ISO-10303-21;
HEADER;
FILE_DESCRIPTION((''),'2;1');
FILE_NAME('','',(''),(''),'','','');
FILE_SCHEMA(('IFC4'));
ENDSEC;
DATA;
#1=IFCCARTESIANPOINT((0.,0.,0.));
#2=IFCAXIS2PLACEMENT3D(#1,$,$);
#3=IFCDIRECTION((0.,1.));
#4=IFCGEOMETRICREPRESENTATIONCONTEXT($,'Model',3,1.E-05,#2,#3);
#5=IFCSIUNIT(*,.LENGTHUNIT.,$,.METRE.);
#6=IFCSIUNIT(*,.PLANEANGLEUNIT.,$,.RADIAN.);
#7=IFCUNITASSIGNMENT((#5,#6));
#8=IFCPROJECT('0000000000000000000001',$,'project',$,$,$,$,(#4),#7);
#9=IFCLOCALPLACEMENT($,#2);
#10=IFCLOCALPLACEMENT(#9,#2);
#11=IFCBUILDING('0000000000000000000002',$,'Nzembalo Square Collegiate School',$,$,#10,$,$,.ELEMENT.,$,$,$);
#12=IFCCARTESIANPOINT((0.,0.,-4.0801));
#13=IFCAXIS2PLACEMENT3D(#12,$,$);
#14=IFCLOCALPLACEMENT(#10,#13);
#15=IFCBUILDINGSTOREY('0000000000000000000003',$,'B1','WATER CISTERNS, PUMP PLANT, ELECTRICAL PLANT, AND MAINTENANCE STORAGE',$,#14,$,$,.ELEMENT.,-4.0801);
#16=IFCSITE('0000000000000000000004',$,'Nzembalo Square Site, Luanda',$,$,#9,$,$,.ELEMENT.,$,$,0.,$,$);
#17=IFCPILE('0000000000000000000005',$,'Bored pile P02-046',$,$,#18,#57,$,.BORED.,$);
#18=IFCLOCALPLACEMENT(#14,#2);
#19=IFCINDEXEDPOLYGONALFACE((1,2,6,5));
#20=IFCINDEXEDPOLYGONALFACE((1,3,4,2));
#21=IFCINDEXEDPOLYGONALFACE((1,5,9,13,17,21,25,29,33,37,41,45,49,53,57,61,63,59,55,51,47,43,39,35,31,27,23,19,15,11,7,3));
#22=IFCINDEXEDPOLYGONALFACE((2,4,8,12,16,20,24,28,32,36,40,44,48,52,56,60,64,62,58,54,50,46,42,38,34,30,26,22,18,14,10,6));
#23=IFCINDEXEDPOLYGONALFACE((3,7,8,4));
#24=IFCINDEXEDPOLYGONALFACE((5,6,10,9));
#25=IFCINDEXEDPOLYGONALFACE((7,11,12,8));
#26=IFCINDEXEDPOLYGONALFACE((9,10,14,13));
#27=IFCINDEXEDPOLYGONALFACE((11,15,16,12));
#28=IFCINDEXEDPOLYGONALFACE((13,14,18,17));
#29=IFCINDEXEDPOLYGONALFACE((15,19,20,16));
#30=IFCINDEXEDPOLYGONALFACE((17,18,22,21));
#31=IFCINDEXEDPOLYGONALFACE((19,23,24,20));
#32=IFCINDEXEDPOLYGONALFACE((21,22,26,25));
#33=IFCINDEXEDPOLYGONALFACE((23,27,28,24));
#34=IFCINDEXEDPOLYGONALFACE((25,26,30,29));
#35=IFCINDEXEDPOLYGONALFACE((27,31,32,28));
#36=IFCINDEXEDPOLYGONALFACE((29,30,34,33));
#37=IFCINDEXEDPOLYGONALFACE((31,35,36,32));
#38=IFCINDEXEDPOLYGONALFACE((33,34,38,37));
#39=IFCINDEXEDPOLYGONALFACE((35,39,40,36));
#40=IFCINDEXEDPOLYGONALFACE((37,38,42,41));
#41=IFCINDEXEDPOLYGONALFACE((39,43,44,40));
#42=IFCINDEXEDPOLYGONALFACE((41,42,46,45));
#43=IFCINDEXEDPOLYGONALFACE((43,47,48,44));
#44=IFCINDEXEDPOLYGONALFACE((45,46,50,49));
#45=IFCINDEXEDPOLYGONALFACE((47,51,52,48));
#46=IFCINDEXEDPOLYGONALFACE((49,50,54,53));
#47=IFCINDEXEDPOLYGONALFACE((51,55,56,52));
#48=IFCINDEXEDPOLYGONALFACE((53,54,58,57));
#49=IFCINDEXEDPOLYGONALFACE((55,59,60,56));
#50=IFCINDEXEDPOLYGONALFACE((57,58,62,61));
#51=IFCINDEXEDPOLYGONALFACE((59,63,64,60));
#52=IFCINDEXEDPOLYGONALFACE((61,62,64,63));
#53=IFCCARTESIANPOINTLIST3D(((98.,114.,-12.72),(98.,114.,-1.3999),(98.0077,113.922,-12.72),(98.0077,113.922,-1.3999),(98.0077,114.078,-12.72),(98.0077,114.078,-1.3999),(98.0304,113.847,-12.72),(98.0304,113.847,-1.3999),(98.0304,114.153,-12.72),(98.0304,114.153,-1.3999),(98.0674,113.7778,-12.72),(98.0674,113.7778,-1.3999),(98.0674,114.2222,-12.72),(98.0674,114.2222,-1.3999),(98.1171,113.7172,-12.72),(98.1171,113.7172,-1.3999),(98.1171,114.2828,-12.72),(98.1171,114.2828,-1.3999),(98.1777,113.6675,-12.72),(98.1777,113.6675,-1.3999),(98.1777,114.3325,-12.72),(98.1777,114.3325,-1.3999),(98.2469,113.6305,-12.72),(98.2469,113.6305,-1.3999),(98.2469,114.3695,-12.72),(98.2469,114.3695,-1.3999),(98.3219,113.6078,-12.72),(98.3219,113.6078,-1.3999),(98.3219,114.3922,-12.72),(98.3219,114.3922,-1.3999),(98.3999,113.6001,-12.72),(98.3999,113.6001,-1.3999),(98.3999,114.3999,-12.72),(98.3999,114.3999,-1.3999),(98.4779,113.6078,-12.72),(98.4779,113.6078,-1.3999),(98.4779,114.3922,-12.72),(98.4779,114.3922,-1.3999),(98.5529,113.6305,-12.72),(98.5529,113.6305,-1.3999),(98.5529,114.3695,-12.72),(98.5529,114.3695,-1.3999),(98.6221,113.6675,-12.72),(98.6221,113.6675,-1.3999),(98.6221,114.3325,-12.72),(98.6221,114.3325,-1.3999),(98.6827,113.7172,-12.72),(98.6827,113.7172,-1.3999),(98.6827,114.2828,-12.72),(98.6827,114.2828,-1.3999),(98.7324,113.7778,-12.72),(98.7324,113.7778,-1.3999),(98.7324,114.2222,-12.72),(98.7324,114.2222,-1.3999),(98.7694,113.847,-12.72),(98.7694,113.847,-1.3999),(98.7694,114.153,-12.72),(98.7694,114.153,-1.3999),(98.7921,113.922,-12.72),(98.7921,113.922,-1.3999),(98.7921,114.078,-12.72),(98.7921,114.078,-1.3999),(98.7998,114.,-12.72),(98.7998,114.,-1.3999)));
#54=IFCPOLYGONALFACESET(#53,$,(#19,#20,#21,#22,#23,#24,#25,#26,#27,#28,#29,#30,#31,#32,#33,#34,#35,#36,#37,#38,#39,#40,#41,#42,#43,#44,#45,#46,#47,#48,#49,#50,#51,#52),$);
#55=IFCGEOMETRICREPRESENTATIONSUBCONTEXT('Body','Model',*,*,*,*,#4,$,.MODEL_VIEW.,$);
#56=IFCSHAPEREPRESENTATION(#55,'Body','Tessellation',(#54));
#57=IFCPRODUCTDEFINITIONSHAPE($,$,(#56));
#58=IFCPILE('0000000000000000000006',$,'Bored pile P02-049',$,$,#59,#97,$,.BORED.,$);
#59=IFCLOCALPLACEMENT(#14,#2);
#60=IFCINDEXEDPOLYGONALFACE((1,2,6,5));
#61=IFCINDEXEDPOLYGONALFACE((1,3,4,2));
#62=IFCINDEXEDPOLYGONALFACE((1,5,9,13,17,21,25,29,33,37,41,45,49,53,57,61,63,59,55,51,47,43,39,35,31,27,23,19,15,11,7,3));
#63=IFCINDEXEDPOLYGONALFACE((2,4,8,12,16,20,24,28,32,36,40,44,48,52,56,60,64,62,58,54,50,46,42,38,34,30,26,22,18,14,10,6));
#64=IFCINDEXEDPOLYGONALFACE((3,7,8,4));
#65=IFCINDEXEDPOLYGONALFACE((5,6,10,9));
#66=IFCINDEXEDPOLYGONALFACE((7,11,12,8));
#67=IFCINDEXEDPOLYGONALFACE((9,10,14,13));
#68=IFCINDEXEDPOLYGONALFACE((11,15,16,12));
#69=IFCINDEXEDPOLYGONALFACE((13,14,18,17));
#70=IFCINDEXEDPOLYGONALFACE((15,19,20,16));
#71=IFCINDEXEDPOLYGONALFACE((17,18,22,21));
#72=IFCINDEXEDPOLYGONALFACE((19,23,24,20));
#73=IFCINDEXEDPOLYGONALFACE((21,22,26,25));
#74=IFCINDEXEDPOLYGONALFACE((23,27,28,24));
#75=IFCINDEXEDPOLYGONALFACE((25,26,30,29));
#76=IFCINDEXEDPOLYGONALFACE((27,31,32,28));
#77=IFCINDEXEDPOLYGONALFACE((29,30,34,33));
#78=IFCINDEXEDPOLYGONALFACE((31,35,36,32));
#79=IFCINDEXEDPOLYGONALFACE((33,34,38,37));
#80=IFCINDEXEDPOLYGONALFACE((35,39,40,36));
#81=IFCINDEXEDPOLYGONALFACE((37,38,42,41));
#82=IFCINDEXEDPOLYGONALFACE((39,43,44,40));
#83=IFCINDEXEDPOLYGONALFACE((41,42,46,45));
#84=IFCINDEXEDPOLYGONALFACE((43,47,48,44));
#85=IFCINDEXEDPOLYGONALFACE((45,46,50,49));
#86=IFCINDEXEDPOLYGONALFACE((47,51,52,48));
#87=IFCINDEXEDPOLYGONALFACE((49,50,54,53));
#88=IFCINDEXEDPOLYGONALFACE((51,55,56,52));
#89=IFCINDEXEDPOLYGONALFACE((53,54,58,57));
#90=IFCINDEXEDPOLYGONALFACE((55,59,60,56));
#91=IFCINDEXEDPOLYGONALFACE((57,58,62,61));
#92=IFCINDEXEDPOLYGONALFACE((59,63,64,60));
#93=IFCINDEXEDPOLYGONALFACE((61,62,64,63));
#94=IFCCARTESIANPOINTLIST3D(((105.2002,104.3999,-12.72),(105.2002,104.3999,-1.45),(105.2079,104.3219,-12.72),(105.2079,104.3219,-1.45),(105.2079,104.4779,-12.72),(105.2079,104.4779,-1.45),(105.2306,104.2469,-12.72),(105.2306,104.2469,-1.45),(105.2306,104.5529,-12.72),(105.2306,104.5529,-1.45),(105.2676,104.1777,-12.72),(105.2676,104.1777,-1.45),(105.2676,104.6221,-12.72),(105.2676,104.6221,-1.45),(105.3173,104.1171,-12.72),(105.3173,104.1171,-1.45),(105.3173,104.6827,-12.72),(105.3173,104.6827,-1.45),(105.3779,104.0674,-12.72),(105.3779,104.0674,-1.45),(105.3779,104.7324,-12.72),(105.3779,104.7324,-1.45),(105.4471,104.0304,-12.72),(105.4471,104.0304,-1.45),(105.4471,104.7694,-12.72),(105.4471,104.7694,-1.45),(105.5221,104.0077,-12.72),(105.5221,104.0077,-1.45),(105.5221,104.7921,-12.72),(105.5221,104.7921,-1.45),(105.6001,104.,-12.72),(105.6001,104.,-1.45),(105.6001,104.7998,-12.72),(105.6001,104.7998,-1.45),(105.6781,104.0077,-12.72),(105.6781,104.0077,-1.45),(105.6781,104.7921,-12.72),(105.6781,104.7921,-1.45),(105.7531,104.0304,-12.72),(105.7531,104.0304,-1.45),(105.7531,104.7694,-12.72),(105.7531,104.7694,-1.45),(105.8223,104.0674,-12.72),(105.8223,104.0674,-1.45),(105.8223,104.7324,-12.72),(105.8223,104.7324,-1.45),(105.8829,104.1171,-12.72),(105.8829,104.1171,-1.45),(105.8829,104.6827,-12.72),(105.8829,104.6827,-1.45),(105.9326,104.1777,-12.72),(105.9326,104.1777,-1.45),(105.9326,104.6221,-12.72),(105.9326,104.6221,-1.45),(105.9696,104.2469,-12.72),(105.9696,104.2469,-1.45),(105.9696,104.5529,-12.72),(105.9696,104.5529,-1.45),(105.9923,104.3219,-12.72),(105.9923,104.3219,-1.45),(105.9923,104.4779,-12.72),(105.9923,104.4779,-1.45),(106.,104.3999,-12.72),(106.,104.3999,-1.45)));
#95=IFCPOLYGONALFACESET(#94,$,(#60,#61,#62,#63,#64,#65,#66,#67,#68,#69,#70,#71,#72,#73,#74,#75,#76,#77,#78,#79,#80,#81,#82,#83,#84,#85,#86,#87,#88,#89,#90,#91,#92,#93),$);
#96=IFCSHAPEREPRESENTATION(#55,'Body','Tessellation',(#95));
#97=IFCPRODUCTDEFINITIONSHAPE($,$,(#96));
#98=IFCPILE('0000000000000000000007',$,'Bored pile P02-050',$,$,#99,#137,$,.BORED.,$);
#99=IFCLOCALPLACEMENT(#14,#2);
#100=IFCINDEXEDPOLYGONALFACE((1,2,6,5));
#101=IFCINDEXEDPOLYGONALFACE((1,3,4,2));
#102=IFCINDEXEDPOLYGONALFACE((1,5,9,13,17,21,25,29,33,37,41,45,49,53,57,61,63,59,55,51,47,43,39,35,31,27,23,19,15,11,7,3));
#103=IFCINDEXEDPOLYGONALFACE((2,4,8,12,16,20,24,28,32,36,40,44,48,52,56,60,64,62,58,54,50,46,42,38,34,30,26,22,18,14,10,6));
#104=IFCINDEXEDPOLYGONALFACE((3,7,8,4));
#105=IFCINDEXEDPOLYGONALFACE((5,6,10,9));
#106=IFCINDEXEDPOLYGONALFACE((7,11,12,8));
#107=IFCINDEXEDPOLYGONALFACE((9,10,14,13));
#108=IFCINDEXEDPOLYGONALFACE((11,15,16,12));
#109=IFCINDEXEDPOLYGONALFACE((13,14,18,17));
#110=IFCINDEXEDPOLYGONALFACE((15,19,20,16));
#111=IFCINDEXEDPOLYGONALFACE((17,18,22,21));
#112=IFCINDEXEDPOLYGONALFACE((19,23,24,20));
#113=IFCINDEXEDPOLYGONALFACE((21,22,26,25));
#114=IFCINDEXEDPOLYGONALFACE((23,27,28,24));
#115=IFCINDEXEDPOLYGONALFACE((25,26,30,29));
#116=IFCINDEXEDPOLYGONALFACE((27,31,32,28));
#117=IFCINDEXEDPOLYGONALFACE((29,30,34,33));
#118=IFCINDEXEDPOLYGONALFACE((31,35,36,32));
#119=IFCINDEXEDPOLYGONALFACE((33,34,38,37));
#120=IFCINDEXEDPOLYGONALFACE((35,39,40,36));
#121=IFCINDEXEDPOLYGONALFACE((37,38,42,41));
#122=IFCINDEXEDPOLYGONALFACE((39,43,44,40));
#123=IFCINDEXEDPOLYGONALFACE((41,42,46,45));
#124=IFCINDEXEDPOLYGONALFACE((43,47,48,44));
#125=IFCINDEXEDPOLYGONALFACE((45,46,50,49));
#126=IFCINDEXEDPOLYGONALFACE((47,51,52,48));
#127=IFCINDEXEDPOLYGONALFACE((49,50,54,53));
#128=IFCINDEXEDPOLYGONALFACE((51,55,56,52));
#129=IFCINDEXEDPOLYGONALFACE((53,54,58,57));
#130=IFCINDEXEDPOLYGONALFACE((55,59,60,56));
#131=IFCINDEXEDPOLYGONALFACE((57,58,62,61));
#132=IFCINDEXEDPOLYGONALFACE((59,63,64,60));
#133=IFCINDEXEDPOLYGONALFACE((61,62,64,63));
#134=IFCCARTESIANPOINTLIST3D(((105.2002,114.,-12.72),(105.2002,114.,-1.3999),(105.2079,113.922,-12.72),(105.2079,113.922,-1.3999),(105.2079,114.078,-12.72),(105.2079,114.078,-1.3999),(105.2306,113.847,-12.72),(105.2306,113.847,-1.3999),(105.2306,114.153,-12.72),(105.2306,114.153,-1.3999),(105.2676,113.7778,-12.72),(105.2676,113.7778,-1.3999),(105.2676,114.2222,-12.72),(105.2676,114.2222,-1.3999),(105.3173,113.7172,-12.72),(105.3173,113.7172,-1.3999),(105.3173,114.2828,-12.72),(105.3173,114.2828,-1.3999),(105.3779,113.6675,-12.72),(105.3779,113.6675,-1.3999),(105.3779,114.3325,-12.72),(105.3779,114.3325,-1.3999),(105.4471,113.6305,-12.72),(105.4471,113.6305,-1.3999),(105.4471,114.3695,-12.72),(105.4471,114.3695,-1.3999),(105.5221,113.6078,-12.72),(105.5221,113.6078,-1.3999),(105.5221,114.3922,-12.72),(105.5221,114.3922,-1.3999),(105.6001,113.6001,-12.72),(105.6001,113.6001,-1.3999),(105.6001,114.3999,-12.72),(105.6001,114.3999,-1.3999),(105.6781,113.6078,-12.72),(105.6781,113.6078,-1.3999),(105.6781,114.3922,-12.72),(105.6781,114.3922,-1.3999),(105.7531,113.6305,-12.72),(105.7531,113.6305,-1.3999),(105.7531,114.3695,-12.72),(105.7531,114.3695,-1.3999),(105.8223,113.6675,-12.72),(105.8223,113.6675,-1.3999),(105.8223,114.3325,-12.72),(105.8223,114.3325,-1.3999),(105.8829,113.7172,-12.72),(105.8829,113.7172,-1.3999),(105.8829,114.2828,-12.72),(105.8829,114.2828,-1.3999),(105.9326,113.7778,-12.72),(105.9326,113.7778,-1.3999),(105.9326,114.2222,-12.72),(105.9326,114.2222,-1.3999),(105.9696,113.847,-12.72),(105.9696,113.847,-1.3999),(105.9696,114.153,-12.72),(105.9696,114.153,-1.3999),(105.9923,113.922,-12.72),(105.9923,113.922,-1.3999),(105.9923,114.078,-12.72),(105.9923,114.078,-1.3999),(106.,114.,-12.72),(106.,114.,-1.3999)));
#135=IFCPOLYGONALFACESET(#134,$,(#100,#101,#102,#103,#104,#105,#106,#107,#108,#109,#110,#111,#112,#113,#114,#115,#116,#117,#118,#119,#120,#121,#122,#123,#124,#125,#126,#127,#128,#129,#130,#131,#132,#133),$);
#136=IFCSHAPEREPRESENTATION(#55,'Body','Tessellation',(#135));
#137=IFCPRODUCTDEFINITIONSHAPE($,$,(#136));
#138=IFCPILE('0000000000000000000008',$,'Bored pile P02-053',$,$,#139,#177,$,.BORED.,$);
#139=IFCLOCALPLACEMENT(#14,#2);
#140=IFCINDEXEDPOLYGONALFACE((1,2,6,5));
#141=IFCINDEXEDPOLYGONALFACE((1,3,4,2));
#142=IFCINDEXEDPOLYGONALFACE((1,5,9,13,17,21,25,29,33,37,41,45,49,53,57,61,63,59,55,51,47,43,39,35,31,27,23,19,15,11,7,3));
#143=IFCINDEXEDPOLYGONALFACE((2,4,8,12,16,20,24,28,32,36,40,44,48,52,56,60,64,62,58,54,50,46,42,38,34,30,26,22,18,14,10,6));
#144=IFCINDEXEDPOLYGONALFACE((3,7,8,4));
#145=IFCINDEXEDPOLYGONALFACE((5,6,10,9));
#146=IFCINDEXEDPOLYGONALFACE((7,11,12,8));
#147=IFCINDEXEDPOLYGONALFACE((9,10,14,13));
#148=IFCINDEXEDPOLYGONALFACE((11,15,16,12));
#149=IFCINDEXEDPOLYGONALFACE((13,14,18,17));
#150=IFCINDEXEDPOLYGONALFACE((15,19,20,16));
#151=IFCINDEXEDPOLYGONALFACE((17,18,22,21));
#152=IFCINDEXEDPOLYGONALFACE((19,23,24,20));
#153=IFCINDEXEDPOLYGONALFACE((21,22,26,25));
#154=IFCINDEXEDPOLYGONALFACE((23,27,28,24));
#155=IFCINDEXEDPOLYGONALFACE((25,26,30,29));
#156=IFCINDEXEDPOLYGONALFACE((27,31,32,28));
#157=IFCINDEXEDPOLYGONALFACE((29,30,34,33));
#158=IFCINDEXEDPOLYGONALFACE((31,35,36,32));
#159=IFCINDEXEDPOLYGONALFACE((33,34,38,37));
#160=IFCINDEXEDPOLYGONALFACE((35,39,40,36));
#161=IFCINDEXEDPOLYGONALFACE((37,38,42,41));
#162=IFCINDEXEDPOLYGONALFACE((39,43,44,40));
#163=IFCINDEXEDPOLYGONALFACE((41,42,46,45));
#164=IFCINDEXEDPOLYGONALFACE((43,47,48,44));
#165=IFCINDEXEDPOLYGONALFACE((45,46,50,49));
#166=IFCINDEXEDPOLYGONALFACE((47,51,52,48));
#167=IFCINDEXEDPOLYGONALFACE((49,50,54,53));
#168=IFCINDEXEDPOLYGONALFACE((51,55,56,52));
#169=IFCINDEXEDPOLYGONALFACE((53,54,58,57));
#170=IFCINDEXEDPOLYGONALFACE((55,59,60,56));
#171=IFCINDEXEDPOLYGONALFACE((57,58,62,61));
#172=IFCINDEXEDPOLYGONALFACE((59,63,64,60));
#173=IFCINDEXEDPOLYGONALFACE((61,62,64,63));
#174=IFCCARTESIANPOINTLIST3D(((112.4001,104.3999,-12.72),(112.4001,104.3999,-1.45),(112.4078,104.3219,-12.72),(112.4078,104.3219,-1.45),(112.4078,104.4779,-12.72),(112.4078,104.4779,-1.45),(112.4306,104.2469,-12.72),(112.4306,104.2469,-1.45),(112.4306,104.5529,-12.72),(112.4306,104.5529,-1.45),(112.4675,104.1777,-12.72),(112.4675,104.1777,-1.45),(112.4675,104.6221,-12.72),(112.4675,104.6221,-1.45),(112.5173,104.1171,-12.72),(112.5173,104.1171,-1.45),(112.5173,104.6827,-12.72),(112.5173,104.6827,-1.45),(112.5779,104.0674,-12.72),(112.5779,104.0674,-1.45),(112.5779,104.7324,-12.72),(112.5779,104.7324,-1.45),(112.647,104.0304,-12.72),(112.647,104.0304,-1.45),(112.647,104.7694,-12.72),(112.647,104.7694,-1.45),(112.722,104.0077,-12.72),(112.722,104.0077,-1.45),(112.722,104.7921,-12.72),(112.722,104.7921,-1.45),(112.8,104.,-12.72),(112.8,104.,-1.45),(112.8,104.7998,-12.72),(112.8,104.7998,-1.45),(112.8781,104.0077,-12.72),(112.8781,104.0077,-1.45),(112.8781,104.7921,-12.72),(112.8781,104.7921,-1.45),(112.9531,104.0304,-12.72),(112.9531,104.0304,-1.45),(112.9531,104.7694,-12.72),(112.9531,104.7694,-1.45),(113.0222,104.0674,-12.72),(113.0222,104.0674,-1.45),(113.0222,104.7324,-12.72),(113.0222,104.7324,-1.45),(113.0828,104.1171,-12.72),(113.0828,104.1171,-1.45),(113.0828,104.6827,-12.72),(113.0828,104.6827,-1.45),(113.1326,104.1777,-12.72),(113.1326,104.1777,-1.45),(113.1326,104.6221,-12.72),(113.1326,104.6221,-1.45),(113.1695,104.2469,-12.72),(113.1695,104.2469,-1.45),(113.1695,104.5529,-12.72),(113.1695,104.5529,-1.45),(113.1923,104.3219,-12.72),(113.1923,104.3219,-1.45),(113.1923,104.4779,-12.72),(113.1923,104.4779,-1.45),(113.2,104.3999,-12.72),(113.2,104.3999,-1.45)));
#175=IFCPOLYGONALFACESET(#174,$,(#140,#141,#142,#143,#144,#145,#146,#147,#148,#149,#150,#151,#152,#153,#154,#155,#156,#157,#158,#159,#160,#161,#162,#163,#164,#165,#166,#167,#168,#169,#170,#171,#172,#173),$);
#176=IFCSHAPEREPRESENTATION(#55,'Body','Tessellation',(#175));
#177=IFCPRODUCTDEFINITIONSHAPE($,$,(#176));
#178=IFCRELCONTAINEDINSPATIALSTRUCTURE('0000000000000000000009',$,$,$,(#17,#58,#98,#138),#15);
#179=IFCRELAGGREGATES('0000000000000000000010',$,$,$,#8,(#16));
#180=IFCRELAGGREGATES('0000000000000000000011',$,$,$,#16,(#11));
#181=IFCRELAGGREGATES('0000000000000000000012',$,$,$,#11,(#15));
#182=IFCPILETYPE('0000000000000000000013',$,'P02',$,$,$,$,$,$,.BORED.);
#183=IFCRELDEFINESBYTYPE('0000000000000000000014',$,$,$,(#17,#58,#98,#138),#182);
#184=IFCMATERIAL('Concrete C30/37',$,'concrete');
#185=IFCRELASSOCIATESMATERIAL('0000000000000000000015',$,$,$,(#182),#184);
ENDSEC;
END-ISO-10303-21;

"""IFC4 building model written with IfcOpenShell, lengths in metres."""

from ifc_helpers import new_model, si_unit, direction, frame, origin, origin_2d, place, context, subcontext, project, spatial, circle, extrude, material, material_profile, profile_set, type_object, element, save


model = new_model("IFC4")

# Units and contexts
model_context = context("Model", 3, precision=1e-05, world=origin(), true_north=direction((0.0, 1.0)))
body_context = subcontext(model_context, "Body", "Model", "MODEL_VIEW")
ifc_project = project(units=[si_unit("LENGTHUNIT", "METRE"), si_unit("PLANEANGLEUNIT", "RADIAN")], contexts=[model_context])

# Site, building, storey
site_placement = place(None, origin())
site = spatial("IfcSite", under=ifc_project, at=site_placement, Name="Nzembalo Square Site, Luanda", CompositionType="ELEMENT", RefElevation=0.0)
building_placement = place(site_placement, origin())
building = spatial("IfcBuilding", under=site, at=building_placement, Name="Nzembalo Square Collegiate School", CompositionType="ELEMENT")
storey_placement = place(building_placement, frame((0.0, 0.0, -4.0801)))
storey = spatial("IfcBuildingStorey", under=building, at=storey_placement, Name="B1", Description="WATER CISTERNS, PUMP PLANT, ELECTRICAL PLANT, AND MAINTENANCE STORAGE", CompositionType="ELEMENT", Elevation=-4.0801)

# Piles
ifc_material_1 = material(Name="Concrete C30/37", Category="concrete")
ifc_material_profile_1 = material_profile(ifc_material_1, circle(Radius=0.3999, at=origin_2d()), Name="PILE D800")
ifc_profile_set_1 = profile_set([ifc_material_profile_1], Name="Concrete C30/37")
pile_type = type_object("IfcPileType", Name="P02", PredefinedType="BORED", material=ifc_profile_set_1)
pile_1_placement = place(storey_placement, frame((98.3999, 114.0, -1.3999), z_axis=(0.0, 0.0, -1.0), x_axis=(1.0, 0.0, 0.0)))
element("IfcPile", 1, at=pile_1_placement, inside=storey, type_object=pile_type, Name="Bored pile P02-046", PredefinedType="BORED", context=body_context, shape_type="SweptSolid", body=[
    extrude(circle(Radius=0.3999, at=origin_2d()), origin(), (0.0, 0.0, 1.0), 11.3201),
])
pile_2_placement = place(storey_placement, frame((105.6001, 104.3999, -1.45), z_axis=(0.0, 0.0, -1.0), x_axis=(1.0, 0.0, 0.0)))
element("IfcPile", 2, at=pile_2_placement, inside=storey, type_object=pile_type, Name="Bored pile P02-049", PredefinedType="BORED", context=body_context, shape_type="SweptSolid", body=[
    extrude(circle(Radius=0.3999, at=origin_2d()), origin(), (0.0, 0.0, 1.0), 11.27),
])
pile_3_placement = place(storey_placement, frame((105.6001, 114.0, -1.3999), z_axis=(0.0, 0.0, -1.0), x_axis=(1.0, 0.0, 0.0)))
element("IfcPile", 3, at=pile_3_placement, inside=storey, type_object=pile_type, Name="Bored pile P02-050", PredefinedType="BORED", context=body_context, shape_type="SweptSolid", body=[
    extrude(circle(Radius=0.3999, at=origin_2d()), origin(), (0.0, 0.0, 1.0), 11.3201),
])
pile_4_placement = place(storey_placement, frame((112.8, 104.3999, -1.45), z_axis=(0.0, 0.0, -1.0), x_axis=(1.0, 0.0, 0.0)))
element("IfcPile", 4, at=pile_4_placement, inside=storey, type_object=pile_type, Name="Bored pile P02-053", PredefinedType="BORED", context=body_context, shape_type="SweptSolid", body=[
    extrude(circle(Radius=0.3999, at=origin_2d()), origin(), (0.0, 0.0, 1.0), 11.27),
])

save(model, "model.ifc")
